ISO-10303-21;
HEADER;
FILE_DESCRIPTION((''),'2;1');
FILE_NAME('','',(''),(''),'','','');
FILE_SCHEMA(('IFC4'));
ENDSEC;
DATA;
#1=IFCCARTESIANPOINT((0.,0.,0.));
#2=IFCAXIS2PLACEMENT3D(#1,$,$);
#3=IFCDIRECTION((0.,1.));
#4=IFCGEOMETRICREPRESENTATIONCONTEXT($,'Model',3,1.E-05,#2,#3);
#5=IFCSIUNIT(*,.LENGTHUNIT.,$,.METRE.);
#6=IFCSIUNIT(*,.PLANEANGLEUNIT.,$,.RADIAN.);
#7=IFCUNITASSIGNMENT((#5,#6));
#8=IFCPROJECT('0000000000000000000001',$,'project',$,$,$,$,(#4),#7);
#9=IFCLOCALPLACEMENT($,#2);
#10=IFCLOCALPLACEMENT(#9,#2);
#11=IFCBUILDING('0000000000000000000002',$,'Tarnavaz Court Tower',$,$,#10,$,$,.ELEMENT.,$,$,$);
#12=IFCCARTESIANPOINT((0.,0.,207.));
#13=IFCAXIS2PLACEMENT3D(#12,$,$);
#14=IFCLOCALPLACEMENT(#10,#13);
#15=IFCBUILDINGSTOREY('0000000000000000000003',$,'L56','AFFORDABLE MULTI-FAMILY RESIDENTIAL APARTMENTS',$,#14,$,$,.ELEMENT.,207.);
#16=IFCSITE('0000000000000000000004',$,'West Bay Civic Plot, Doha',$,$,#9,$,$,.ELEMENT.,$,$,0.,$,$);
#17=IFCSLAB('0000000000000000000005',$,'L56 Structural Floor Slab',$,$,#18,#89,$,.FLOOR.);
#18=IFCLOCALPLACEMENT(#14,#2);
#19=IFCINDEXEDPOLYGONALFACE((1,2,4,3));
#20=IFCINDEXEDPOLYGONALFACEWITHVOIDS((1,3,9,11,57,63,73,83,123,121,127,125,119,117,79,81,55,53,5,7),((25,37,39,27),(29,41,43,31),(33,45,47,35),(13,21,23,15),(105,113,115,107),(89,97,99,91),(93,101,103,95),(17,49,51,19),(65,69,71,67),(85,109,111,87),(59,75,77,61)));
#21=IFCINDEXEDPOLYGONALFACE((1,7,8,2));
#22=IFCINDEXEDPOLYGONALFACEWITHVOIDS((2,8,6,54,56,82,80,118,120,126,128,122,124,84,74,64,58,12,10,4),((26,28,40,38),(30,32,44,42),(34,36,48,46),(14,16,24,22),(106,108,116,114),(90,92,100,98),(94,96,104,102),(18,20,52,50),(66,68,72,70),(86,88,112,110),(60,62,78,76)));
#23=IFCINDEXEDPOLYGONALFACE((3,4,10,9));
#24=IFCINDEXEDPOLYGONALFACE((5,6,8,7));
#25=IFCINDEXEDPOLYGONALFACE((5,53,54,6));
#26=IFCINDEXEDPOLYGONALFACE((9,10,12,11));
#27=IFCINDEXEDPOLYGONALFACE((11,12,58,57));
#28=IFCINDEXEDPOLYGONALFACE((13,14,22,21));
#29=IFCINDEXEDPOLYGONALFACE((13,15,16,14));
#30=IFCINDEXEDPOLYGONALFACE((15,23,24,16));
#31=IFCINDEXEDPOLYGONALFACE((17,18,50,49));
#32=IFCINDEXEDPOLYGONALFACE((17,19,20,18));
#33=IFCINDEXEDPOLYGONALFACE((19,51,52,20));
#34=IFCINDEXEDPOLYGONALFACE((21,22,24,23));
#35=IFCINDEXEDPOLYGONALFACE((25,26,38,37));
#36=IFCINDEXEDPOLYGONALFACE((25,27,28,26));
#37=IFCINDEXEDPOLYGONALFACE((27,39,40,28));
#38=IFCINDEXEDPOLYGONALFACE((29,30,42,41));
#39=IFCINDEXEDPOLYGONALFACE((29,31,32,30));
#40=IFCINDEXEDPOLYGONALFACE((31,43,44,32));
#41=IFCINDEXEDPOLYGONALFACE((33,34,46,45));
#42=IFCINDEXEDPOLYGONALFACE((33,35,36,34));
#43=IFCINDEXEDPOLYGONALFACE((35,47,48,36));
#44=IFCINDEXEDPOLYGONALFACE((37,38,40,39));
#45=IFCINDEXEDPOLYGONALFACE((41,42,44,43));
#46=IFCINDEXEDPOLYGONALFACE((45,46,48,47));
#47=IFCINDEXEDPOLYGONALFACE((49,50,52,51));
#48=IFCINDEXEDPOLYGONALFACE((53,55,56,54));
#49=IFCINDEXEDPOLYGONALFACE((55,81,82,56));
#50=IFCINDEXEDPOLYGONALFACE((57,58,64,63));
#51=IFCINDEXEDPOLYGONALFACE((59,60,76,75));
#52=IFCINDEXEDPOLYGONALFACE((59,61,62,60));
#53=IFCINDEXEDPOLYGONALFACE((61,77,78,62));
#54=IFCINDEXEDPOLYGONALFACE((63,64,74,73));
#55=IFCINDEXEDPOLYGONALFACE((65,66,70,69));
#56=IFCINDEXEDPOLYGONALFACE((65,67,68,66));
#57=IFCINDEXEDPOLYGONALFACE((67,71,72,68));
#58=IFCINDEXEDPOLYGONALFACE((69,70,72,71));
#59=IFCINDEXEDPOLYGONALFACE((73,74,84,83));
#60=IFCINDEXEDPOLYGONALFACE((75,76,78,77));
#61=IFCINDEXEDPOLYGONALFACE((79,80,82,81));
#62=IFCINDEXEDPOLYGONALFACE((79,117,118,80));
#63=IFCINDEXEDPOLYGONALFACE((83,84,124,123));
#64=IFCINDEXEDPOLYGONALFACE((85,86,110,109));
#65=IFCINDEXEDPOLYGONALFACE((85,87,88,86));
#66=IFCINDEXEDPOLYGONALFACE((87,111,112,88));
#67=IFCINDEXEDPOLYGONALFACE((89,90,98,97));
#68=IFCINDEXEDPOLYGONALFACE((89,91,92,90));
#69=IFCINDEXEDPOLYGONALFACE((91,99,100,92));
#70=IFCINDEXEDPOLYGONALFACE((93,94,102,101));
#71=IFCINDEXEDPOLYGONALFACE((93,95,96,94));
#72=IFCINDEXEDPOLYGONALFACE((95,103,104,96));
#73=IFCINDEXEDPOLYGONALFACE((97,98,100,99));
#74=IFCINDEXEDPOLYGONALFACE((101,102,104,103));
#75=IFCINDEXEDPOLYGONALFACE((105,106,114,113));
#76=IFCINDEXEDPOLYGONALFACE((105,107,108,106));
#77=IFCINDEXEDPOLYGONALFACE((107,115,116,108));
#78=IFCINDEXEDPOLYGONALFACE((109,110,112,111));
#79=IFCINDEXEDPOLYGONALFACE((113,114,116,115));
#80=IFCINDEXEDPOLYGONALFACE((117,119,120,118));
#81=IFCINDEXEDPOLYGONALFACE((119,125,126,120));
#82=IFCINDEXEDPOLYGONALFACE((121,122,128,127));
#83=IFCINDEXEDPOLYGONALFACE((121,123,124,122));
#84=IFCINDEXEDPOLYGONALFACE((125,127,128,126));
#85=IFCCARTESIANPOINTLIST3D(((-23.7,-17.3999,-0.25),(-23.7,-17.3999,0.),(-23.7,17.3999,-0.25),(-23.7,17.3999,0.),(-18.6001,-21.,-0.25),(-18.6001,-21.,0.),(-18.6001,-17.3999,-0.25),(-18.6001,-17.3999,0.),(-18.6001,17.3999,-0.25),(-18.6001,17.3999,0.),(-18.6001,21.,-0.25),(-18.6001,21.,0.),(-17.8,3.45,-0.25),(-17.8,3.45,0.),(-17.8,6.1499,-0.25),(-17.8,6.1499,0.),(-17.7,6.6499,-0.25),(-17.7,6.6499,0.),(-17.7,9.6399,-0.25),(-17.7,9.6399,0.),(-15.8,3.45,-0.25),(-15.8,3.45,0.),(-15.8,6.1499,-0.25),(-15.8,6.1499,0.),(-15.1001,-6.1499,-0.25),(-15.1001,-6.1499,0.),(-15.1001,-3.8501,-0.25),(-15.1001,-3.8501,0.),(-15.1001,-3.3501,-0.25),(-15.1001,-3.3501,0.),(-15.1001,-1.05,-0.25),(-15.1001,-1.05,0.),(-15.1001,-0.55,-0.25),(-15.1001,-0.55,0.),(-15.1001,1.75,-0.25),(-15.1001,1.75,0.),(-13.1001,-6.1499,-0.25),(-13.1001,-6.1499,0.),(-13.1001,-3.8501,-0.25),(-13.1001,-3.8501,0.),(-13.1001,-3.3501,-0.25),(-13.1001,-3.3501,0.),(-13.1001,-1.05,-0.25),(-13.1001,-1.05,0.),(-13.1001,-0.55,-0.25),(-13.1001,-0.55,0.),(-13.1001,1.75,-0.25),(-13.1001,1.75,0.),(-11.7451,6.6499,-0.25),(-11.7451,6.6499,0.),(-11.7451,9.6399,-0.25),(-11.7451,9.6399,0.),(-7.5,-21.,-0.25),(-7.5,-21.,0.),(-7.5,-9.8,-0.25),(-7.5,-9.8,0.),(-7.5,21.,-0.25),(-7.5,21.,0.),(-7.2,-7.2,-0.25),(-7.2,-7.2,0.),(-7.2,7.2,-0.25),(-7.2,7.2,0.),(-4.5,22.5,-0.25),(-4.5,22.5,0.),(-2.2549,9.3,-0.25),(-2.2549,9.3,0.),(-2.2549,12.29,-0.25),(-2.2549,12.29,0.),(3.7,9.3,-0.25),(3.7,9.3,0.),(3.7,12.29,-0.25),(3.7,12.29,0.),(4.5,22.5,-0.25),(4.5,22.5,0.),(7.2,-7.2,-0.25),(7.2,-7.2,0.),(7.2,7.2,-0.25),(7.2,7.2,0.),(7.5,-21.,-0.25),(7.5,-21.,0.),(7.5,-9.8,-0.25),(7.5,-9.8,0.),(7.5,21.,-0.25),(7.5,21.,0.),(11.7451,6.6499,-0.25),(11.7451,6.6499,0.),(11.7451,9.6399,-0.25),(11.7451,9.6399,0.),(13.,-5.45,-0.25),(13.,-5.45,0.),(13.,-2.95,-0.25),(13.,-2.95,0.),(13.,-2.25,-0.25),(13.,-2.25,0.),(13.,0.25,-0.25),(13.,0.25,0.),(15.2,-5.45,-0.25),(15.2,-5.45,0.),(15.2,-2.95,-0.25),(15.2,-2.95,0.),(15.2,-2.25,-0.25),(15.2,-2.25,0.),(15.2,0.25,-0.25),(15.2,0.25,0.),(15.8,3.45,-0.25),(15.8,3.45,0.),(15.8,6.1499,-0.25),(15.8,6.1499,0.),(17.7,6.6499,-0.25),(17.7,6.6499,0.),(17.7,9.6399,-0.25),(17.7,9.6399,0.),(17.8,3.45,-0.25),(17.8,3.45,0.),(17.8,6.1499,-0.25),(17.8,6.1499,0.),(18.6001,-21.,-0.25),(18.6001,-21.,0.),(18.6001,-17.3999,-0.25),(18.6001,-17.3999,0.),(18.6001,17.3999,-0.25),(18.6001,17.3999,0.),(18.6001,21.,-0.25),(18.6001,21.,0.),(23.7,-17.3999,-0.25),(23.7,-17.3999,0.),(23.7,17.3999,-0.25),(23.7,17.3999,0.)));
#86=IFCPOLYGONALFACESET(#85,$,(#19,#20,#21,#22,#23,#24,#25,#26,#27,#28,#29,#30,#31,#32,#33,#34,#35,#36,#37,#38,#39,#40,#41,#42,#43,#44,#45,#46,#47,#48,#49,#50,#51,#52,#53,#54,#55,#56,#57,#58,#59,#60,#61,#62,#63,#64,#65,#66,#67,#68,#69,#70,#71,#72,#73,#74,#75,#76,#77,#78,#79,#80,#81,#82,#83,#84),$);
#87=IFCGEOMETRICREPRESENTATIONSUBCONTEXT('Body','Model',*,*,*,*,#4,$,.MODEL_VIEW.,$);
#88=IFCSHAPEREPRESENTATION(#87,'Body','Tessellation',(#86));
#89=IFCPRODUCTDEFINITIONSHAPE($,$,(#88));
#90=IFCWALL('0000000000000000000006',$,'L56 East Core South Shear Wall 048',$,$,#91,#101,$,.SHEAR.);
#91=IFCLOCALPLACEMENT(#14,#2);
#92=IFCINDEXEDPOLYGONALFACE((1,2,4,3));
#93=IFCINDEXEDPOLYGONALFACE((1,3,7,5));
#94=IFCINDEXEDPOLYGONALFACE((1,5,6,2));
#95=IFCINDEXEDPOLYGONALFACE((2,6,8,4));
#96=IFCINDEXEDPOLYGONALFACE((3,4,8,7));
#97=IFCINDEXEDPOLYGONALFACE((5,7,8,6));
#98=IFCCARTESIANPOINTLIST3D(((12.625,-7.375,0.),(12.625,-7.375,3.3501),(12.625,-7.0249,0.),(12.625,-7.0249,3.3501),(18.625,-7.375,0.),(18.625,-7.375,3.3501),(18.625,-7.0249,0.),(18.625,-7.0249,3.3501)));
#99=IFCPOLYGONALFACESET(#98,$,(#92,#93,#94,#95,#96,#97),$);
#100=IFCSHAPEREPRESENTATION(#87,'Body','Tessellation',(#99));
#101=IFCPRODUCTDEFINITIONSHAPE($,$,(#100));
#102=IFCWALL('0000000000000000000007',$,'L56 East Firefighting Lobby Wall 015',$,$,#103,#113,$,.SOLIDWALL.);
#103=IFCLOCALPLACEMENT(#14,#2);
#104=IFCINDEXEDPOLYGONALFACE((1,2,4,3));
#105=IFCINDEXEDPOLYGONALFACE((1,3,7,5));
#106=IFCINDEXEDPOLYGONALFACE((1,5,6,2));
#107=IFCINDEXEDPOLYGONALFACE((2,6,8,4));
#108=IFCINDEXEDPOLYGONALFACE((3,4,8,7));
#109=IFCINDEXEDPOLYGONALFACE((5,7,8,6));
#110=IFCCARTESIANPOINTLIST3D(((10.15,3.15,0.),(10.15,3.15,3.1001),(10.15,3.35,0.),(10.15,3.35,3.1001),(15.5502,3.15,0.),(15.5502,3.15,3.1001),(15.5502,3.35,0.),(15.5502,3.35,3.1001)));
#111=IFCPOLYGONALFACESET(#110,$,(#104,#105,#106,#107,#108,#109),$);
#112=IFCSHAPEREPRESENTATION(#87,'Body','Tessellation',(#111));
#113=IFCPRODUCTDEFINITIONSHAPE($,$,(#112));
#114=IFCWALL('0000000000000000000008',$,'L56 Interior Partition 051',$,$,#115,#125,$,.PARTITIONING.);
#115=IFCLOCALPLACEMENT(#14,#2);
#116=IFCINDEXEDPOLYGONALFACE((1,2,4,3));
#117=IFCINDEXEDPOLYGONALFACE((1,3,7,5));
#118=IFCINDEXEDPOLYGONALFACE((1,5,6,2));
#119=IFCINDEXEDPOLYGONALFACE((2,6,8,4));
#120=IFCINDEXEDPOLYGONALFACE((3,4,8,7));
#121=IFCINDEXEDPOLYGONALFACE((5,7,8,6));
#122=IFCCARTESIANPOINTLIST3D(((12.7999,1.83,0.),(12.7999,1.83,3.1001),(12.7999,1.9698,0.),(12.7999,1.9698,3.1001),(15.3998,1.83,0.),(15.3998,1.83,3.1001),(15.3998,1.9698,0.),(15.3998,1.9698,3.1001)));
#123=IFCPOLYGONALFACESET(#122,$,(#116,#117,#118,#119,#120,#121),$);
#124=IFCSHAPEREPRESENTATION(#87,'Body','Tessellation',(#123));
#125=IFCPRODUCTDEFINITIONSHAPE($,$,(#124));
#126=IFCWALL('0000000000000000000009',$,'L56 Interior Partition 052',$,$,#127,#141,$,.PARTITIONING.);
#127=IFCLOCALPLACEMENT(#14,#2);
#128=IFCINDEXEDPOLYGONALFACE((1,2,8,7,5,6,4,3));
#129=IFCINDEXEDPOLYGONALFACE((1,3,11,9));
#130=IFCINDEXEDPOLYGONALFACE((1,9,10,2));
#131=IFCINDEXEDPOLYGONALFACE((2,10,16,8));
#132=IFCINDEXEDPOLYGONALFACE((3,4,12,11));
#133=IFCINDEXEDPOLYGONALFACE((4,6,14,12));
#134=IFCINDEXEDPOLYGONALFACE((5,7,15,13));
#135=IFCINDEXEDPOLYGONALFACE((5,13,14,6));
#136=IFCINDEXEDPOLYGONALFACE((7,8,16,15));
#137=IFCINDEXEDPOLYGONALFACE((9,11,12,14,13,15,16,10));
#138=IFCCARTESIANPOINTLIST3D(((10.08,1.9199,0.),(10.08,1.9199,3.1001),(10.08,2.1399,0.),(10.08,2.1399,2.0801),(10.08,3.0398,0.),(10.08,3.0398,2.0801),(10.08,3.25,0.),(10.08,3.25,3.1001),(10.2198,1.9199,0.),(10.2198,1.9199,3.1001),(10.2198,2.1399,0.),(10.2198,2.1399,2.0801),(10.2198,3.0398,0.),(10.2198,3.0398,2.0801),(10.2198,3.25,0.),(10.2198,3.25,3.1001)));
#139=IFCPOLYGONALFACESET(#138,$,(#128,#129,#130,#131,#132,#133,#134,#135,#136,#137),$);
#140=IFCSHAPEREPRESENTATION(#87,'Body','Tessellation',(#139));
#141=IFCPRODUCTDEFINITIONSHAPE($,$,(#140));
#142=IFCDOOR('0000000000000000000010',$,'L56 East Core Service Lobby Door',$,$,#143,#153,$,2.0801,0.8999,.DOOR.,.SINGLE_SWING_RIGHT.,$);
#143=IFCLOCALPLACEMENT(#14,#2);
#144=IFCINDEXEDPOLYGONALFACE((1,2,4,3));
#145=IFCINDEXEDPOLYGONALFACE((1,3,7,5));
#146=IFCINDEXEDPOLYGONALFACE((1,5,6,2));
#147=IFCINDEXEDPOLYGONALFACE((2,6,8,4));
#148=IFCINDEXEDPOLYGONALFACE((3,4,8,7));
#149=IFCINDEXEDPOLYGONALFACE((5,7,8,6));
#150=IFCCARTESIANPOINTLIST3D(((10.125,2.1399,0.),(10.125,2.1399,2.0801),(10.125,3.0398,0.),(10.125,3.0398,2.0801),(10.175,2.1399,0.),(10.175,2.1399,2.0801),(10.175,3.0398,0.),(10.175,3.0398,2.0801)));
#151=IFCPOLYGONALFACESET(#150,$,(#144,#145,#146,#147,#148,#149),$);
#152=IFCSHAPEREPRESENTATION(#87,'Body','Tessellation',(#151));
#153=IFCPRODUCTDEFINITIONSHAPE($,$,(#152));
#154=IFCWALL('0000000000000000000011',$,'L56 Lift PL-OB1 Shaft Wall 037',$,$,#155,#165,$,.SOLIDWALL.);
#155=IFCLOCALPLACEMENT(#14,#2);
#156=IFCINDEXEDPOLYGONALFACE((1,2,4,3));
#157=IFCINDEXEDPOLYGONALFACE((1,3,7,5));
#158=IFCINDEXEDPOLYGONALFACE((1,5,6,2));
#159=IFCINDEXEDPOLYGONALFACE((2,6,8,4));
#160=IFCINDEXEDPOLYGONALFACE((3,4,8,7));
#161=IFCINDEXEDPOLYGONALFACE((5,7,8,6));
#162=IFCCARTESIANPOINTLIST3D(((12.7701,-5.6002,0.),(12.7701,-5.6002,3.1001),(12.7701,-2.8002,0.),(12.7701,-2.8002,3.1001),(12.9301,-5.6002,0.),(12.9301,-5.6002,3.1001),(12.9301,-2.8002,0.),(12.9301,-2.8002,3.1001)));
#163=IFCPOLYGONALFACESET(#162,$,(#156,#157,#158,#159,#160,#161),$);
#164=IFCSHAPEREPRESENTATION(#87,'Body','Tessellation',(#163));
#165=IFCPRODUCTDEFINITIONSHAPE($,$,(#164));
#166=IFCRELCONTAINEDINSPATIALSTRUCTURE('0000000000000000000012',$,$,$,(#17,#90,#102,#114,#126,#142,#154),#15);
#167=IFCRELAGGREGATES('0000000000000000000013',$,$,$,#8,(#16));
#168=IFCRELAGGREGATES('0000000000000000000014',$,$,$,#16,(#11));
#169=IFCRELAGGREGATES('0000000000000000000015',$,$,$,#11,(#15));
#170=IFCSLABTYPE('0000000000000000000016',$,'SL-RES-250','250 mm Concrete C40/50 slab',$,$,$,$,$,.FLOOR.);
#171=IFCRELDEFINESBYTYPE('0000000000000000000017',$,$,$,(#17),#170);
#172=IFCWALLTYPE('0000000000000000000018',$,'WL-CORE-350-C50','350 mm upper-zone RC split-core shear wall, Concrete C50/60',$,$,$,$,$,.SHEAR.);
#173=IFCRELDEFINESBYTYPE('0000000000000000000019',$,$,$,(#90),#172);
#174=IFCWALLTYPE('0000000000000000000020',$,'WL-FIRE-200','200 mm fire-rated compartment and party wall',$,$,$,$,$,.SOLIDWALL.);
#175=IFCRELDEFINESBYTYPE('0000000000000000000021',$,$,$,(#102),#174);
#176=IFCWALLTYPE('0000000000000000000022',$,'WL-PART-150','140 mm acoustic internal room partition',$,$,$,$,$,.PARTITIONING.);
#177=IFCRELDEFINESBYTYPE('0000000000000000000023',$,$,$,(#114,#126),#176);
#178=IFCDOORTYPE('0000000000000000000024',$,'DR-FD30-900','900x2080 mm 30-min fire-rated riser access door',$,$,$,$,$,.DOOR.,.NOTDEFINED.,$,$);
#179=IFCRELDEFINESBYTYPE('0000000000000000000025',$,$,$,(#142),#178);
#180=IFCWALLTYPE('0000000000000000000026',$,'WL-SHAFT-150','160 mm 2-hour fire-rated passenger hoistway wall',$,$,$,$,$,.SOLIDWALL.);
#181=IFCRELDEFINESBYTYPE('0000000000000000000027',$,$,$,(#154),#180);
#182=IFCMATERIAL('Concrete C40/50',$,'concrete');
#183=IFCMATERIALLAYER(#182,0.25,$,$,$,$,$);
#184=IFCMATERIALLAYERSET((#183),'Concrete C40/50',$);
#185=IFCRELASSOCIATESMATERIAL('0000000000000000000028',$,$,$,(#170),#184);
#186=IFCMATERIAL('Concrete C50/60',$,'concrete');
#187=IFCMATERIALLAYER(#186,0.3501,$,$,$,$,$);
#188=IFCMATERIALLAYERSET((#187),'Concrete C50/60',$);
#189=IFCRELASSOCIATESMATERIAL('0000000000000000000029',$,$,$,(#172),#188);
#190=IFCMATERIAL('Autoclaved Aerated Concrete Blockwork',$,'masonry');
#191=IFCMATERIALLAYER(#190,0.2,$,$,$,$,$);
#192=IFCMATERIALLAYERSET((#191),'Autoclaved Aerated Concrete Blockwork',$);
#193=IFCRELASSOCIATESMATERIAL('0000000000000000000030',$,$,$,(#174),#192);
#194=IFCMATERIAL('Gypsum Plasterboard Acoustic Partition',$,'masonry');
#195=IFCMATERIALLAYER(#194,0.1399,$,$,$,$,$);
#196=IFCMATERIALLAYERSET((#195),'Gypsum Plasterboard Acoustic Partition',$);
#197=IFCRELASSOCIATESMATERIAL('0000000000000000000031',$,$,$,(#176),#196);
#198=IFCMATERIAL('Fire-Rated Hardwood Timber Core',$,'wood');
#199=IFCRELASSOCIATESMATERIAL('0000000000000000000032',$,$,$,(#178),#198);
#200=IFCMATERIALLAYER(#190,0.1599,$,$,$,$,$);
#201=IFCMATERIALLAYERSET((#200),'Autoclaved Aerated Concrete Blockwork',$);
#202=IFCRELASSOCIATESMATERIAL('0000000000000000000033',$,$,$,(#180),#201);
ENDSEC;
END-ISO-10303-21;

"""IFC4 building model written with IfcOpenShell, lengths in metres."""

from ifc_helpers import new_model, si_unit, direction, frame, frame_2d, origin, place, context, subcontext, project, spatial, polyline, rectangle, outline, extrude, material, layer, layer_set, type_object, element, fill, save


model = new_model("IFC4")

# Units and contexts
model_context = context("Model", 3, precision=1e-05, world=origin(), true_north=direction((0.0, 1.0)))
body_context = subcontext(model_context, "Body", "Model", "MODEL_VIEW")
ifc_project = project(units=[si_unit("LENGTHUNIT", "METRE"), si_unit("PLANEANGLEUNIT", "RADIAN")], contexts=[model_context])

# Site, building, storey
site_placement = place(None, origin())
site = spatial("IfcSite", under=ifc_project, at=site_placement, Name="West Bay Civic Plot, Doha", CompositionType="ELEMENT", RefElevation=0.0)
building_placement = place(site_placement, origin())
building = spatial("IfcBuilding", under=site, at=building_placement, Name="Tarnavaz Court Tower", CompositionType="ELEMENT")
storey_placement = place(building_placement, frame((0.0, 0.0, 207.0)))
storey = spatial("IfcBuildingStorey", under=building, at=storey_placement, Name="L56", Description="AFFORDABLE MULTI-FAMILY RESIDENTIAL APARTMENTS", CompositionType="ELEMENT", Elevation=207.0)

# Shared definitions
ifc_material_1 = material(Name="Concrete C50/60", Category="concrete")

# Shared definitions
ifc_material_2 = material(Name="Concrete C40/50", Category="concrete")

# Slab
ifc_layer_1 = layer(ifc_material_2, 0.25)
ifc_layer_set_1 = layer_set([ifc_layer_1], Name="Concrete C40/50")
slab_type_1 = type_object("IfcSlabType", Name="SL-RES-250", Description="250 mm Concrete C40/50 slab", PredefinedType="FLOOR", material=ifc_layer_set_1)
slab_1_placement = place(storey_placement, frame((0.0, 0.0, -0.25)))
element("IfcSlab", 1, at=slab_1_placement, inside=storey, type_object=slab_type_1, Name="L56 Structural Floor Slab", PredefinedType="FLOOR", context=body_context, shape_type="SweptSolid", body=[
    extrude(outline(polyline([(-18.6001, -21.0), (-7.5, -21.0), (-7.5, -9.8), (7.5, -9.8), (7.5, -21.0), (18.6001, -21.0), (18.6001, -17.3999), (23.7, -17.3999), (23.7, 17.3999), (18.6001, 17.3999), (18.6001, 21.0), (7.5, 21.0), (4.5, 22.5), (-4.5, 22.5), (-7.5, 21.0), (-18.6001, 21.0), (-18.6001, 17.3999), (-23.7, 17.3999), (-23.7, -17.3999), (-18.6001, -17.3999), (-18.6001, -21.0)]), holes=[polyline([(-7.2, -7.2), (7.2, -7.2), (7.2, 7.2), (-7.2, 7.2), (-7.2, -7.2)]), polyline([(-11.7451, 9.6399), (-17.7, 9.6399), (-17.7, 6.6499), (-11.7451, 6.6499), (-11.7451, 9.6399)]), polyline([(11.7451, 6.6499), (17.7, 6.6499), (17.7, 9.6399), (11.7451, 9.6399), (11.7451, 6.6499)]), polyline([(-2.2549, 9.3), (3.7, 9.3), (3.7, 12.29), (-2.2549, 12.29), (-2.2549, 9.3)]), polyline([(-17.8, 3.45), (-15.8, 3.45), (-15.8, 6.1499), (-17.8, 6.1499), (-17.8, 3.45)]), polyline([(-15.1001, -6.1499), (-13.1001, -6.1499), (-13.1001, -3.8501), (-15.1001, -3.8501), (-15.1001, -6.1499)]), polyline([(-15.1001, -3.3501), (-13.1001, -3.3501), (-13.1001, -1.05), (-15.1001, -1.05), (-15.1001, -3.3501)]), polyline([(-15.1001, -0.55), (-13.1001, -0.55), (-13.1001, 1.75), (-15.1001, 1.75), (-15.1001, -0.55)]), polyline([(15.8, 3.45), (17.8, 3.45), (17.8, 6.1499), (15.8, 6.1499), (15.8, 3.45)]), polyline([(13.0, -5.45), (15.2, -5.45), (15.2, -2.95), (13.0, -2.95), (13.0, -5.45)]), polyline([(13.0, -2.25), (15.2, -2.25), (15.2, 0.25), (13.0, 0.25), (13.0, -2.25)])]), origin(), (0.0, 0.0, 1.0), 0.25),
])

# Walls
ifc_layer_2 = layer(ifc_material_1, 0.3501)
ifc_layer_set_2 = layer_set([ifc_layer_2], Name="Concrete C50/60")
wall_type_1 = type_object("IfcWallType", Name="WL-CORE-350-C50", Description="350 mm upper-zone RC split-core shear wall, Concrete C50/60", PredefinedType="SHEAR", material=ifc_layer_set_2)
wall_1_placement = place(storey_placement, frame((12.625, -7.2, 0.0), z_axis=(0.0, 0.0, 1.0), x_axis=(1.0, 0.0, 0.0)))
element("IfcWall", 2, at=wall_1_placement, inside=storey, type_object=wall_type_1, Name="L56 East Core South Shear Wall 048", PredefinedType="SHEAR", context=body_context, shape_type="SweptSolid", body=[
    extrude(rectangle(XDim=6.0, YDim=0.3501, at=frame_2d((3.0, 0.0))), origin(), (0.0, 0.0, 1.0), 3.3501),
])
ifc_material_3 = material(Name="Autoclaved Aerated Concrete Blockwork", Category="masonry")
ifc_layer_3 = layer(ifc_material_3, 0.2)
ifc_layer_set_3 = layer_set([ifc_layer_3], Name="Autoclaved Aerated Concrete Blockwork")
wall_type_2 = type_object("IfcWallType", Name="WL-FIRE-200", Description="200 mm fire-rated compartment and party wall", PredefinedType="SOLIDWALL", material=ifc_layer_set_3)
wall_2_placement = place(storey_placement, frame((10.1499, 3.25, 0.0), z_axis=(0.0, 0.0, 1.0), x_axis=(1.0, 0.0, 0.0)))
element("IfcWall", 3, at=wall_2_placement, inside=storey, type_object=wall_type_2, Name="L56 East Firefighting Lobby Wall 015", PredefinedType="SOLIDWALL", context=body_context, shape_type="SweptSolid", body=[
    extrude(rectangle(XDim=5.4001, YDim=0.2, at=frame_2d((2.7002, 0.0))), origin(), (0.0, 0.0, 1.0), 3.1001),
])

# Shared definitions
ifc_material_4 = material(Name="Fire-Rated Hardwood Timber Core", Category="wood")

# Wall
ifc_material_5 = material(Name="Gypsum Plasterboard Acoustic Partition", Category="masonry")
ifc_layer_4 = layer(ifc_material_5, 0.1399)
ifc_layer_set_4 = layer_set([ifc_layer_4], Name="Gypsum Plasterboard Acoustic Partition")
wall_type_3 = type_object("IfcWallType", Name="WL-PART-150", Description="140 mm acoustic internal room partition", PredefinedType="PARTITIONING", material=ifc_layer_set_4)
wall_3_placement = place(storey_placement, frame((12.8, 1.8999, 0.0), z_axis=(0.0, 0.0, 1.0), x_axis=(1.0, 0.0, 0.0)))
element("IfcWall", 4, at=wall_3_placement, inside=storey, type_object=wall_type_3, Name="L56 Interior Partition 051", PredefinedType="PARTITIONING", context=body_context, shape_type="SweptSolid", body=[
    extrude(rectangle(XDim=2.5999, YDim=0.1399, at=frame_2d((1.2998, 0.0))), origin(), (0.0, 0.0, 1.0), 3.1001),
])

# Wall, opening, door
wall_4_placement = place(storey_placement, frame((10.1499, 1.9199, 0.0), z_axis=(0.0, 0.0, 1.0), x_axis=(0.0, 1.0, 0.0)))
wall_4 = element("IfcWall", 5, at=wall_4_placement, inside=storey, type_object=wall_type_3, Name="L56 Interior Partition 052", PredefinedType="PARTITIONING", context=body_context, shape_type="SweptSolid", body=[
    extrude(rectangle(XDim=1.3301, YDim=0.1399, at=frame_2d((0.665, 0.0))), origin(), (0.0, 0.0, 1.0), 3.1001),
])
opening_1_placement = place(wall_4_placement, frame((0.22, 0.0, 0.0)))
opening_1 = element("IfcOpeningElement", 6, at=opening_1_placement, cuts=wall_4, PredefinedType="OPENING", context=body_context, shape_type="SweptSolid", body=[
    extrude(rectangle(XDim=0.8999, YDim=2.0801, at=frame_2d((0.45, 1.04))), frame((0.0, 0.0798, 0.0), z_axis=(0.0, -1.0, 0.0), x_axis=(1.0, 0.0, 0.0)), (0.0, 0.0, 1.0), 0.1599),
])
door_type_1 = type_object("IfcDoorType", Name="DR-FD30-900", Description="900x2080 mm 30-min fire-rated riser access door", OperationType="NOTDEFINED", PredefinedType="DOOR", material=ifc_material_4)
door_1_placement = place(opening_1_placement, origin())
door_1 = element("IfcDoor", 7, at=door_1_placement, inside=storey, type_object=door_type_1, Name="L56 East Core Service Lobby Door", OperationType="SINGLE_SWING_RIGHT", OverallHeight=2.0801, OverallWidth=0.8999, PredefinedType="DOOR", context=body_context, shape_type="SweptSolid", body=[
    extrude(rectangle(XDim=0.8999, YDim=2.0801, at=frame_2d((0.45, 1.04))), frame((0.0, 0.0249, 0.0), z_axis=(0.0, -1.0, 0.0), x_axis=(1.0, 0.0, 0.0)), (0.0, 0.0, 1.0), 0.05),
])
fill(opening_1, door_1)

# Wall
ifc_layer_5 = layer(ifc_material_3, 0.1599)
ifc_layer_set_5 = layer_set([ifc_layer_5], Name="Autoclaved Aerated Concrete Blockwork")
wall_type_4 = type_object("IfcWallType", Name="WL-SHAFT-150", Description="160 mm 2-hour fire-rated passenger hoistway wall", PredefinedType="SOLIDWALL", material=ifc_layer_set_5)
wall_5_placement = place(storey_placement, frame((12.8501, -5.6001, 0.0), z_axis=(0.0, 0.0, 1.0), x_axis=(0.0, 1.0, 0.0)))
element("IfcWall", 8, at=wall_5_placement, inside=storey, type_object=wall_type_4, Name="L56 Lift PL-OB1 Shaft Wall 037", PredefinedType="SOLIDWALL", context=body_context, shape_type="SweptSolid", body=[
    extrude(rectangle(XDim=2.8, YDim=0.1599, at=frame_2d((1.3999, 0.0))), origin(), (0.0, 0.0, 1.0), 3.1001),
])

save(model, "model.ifc")
